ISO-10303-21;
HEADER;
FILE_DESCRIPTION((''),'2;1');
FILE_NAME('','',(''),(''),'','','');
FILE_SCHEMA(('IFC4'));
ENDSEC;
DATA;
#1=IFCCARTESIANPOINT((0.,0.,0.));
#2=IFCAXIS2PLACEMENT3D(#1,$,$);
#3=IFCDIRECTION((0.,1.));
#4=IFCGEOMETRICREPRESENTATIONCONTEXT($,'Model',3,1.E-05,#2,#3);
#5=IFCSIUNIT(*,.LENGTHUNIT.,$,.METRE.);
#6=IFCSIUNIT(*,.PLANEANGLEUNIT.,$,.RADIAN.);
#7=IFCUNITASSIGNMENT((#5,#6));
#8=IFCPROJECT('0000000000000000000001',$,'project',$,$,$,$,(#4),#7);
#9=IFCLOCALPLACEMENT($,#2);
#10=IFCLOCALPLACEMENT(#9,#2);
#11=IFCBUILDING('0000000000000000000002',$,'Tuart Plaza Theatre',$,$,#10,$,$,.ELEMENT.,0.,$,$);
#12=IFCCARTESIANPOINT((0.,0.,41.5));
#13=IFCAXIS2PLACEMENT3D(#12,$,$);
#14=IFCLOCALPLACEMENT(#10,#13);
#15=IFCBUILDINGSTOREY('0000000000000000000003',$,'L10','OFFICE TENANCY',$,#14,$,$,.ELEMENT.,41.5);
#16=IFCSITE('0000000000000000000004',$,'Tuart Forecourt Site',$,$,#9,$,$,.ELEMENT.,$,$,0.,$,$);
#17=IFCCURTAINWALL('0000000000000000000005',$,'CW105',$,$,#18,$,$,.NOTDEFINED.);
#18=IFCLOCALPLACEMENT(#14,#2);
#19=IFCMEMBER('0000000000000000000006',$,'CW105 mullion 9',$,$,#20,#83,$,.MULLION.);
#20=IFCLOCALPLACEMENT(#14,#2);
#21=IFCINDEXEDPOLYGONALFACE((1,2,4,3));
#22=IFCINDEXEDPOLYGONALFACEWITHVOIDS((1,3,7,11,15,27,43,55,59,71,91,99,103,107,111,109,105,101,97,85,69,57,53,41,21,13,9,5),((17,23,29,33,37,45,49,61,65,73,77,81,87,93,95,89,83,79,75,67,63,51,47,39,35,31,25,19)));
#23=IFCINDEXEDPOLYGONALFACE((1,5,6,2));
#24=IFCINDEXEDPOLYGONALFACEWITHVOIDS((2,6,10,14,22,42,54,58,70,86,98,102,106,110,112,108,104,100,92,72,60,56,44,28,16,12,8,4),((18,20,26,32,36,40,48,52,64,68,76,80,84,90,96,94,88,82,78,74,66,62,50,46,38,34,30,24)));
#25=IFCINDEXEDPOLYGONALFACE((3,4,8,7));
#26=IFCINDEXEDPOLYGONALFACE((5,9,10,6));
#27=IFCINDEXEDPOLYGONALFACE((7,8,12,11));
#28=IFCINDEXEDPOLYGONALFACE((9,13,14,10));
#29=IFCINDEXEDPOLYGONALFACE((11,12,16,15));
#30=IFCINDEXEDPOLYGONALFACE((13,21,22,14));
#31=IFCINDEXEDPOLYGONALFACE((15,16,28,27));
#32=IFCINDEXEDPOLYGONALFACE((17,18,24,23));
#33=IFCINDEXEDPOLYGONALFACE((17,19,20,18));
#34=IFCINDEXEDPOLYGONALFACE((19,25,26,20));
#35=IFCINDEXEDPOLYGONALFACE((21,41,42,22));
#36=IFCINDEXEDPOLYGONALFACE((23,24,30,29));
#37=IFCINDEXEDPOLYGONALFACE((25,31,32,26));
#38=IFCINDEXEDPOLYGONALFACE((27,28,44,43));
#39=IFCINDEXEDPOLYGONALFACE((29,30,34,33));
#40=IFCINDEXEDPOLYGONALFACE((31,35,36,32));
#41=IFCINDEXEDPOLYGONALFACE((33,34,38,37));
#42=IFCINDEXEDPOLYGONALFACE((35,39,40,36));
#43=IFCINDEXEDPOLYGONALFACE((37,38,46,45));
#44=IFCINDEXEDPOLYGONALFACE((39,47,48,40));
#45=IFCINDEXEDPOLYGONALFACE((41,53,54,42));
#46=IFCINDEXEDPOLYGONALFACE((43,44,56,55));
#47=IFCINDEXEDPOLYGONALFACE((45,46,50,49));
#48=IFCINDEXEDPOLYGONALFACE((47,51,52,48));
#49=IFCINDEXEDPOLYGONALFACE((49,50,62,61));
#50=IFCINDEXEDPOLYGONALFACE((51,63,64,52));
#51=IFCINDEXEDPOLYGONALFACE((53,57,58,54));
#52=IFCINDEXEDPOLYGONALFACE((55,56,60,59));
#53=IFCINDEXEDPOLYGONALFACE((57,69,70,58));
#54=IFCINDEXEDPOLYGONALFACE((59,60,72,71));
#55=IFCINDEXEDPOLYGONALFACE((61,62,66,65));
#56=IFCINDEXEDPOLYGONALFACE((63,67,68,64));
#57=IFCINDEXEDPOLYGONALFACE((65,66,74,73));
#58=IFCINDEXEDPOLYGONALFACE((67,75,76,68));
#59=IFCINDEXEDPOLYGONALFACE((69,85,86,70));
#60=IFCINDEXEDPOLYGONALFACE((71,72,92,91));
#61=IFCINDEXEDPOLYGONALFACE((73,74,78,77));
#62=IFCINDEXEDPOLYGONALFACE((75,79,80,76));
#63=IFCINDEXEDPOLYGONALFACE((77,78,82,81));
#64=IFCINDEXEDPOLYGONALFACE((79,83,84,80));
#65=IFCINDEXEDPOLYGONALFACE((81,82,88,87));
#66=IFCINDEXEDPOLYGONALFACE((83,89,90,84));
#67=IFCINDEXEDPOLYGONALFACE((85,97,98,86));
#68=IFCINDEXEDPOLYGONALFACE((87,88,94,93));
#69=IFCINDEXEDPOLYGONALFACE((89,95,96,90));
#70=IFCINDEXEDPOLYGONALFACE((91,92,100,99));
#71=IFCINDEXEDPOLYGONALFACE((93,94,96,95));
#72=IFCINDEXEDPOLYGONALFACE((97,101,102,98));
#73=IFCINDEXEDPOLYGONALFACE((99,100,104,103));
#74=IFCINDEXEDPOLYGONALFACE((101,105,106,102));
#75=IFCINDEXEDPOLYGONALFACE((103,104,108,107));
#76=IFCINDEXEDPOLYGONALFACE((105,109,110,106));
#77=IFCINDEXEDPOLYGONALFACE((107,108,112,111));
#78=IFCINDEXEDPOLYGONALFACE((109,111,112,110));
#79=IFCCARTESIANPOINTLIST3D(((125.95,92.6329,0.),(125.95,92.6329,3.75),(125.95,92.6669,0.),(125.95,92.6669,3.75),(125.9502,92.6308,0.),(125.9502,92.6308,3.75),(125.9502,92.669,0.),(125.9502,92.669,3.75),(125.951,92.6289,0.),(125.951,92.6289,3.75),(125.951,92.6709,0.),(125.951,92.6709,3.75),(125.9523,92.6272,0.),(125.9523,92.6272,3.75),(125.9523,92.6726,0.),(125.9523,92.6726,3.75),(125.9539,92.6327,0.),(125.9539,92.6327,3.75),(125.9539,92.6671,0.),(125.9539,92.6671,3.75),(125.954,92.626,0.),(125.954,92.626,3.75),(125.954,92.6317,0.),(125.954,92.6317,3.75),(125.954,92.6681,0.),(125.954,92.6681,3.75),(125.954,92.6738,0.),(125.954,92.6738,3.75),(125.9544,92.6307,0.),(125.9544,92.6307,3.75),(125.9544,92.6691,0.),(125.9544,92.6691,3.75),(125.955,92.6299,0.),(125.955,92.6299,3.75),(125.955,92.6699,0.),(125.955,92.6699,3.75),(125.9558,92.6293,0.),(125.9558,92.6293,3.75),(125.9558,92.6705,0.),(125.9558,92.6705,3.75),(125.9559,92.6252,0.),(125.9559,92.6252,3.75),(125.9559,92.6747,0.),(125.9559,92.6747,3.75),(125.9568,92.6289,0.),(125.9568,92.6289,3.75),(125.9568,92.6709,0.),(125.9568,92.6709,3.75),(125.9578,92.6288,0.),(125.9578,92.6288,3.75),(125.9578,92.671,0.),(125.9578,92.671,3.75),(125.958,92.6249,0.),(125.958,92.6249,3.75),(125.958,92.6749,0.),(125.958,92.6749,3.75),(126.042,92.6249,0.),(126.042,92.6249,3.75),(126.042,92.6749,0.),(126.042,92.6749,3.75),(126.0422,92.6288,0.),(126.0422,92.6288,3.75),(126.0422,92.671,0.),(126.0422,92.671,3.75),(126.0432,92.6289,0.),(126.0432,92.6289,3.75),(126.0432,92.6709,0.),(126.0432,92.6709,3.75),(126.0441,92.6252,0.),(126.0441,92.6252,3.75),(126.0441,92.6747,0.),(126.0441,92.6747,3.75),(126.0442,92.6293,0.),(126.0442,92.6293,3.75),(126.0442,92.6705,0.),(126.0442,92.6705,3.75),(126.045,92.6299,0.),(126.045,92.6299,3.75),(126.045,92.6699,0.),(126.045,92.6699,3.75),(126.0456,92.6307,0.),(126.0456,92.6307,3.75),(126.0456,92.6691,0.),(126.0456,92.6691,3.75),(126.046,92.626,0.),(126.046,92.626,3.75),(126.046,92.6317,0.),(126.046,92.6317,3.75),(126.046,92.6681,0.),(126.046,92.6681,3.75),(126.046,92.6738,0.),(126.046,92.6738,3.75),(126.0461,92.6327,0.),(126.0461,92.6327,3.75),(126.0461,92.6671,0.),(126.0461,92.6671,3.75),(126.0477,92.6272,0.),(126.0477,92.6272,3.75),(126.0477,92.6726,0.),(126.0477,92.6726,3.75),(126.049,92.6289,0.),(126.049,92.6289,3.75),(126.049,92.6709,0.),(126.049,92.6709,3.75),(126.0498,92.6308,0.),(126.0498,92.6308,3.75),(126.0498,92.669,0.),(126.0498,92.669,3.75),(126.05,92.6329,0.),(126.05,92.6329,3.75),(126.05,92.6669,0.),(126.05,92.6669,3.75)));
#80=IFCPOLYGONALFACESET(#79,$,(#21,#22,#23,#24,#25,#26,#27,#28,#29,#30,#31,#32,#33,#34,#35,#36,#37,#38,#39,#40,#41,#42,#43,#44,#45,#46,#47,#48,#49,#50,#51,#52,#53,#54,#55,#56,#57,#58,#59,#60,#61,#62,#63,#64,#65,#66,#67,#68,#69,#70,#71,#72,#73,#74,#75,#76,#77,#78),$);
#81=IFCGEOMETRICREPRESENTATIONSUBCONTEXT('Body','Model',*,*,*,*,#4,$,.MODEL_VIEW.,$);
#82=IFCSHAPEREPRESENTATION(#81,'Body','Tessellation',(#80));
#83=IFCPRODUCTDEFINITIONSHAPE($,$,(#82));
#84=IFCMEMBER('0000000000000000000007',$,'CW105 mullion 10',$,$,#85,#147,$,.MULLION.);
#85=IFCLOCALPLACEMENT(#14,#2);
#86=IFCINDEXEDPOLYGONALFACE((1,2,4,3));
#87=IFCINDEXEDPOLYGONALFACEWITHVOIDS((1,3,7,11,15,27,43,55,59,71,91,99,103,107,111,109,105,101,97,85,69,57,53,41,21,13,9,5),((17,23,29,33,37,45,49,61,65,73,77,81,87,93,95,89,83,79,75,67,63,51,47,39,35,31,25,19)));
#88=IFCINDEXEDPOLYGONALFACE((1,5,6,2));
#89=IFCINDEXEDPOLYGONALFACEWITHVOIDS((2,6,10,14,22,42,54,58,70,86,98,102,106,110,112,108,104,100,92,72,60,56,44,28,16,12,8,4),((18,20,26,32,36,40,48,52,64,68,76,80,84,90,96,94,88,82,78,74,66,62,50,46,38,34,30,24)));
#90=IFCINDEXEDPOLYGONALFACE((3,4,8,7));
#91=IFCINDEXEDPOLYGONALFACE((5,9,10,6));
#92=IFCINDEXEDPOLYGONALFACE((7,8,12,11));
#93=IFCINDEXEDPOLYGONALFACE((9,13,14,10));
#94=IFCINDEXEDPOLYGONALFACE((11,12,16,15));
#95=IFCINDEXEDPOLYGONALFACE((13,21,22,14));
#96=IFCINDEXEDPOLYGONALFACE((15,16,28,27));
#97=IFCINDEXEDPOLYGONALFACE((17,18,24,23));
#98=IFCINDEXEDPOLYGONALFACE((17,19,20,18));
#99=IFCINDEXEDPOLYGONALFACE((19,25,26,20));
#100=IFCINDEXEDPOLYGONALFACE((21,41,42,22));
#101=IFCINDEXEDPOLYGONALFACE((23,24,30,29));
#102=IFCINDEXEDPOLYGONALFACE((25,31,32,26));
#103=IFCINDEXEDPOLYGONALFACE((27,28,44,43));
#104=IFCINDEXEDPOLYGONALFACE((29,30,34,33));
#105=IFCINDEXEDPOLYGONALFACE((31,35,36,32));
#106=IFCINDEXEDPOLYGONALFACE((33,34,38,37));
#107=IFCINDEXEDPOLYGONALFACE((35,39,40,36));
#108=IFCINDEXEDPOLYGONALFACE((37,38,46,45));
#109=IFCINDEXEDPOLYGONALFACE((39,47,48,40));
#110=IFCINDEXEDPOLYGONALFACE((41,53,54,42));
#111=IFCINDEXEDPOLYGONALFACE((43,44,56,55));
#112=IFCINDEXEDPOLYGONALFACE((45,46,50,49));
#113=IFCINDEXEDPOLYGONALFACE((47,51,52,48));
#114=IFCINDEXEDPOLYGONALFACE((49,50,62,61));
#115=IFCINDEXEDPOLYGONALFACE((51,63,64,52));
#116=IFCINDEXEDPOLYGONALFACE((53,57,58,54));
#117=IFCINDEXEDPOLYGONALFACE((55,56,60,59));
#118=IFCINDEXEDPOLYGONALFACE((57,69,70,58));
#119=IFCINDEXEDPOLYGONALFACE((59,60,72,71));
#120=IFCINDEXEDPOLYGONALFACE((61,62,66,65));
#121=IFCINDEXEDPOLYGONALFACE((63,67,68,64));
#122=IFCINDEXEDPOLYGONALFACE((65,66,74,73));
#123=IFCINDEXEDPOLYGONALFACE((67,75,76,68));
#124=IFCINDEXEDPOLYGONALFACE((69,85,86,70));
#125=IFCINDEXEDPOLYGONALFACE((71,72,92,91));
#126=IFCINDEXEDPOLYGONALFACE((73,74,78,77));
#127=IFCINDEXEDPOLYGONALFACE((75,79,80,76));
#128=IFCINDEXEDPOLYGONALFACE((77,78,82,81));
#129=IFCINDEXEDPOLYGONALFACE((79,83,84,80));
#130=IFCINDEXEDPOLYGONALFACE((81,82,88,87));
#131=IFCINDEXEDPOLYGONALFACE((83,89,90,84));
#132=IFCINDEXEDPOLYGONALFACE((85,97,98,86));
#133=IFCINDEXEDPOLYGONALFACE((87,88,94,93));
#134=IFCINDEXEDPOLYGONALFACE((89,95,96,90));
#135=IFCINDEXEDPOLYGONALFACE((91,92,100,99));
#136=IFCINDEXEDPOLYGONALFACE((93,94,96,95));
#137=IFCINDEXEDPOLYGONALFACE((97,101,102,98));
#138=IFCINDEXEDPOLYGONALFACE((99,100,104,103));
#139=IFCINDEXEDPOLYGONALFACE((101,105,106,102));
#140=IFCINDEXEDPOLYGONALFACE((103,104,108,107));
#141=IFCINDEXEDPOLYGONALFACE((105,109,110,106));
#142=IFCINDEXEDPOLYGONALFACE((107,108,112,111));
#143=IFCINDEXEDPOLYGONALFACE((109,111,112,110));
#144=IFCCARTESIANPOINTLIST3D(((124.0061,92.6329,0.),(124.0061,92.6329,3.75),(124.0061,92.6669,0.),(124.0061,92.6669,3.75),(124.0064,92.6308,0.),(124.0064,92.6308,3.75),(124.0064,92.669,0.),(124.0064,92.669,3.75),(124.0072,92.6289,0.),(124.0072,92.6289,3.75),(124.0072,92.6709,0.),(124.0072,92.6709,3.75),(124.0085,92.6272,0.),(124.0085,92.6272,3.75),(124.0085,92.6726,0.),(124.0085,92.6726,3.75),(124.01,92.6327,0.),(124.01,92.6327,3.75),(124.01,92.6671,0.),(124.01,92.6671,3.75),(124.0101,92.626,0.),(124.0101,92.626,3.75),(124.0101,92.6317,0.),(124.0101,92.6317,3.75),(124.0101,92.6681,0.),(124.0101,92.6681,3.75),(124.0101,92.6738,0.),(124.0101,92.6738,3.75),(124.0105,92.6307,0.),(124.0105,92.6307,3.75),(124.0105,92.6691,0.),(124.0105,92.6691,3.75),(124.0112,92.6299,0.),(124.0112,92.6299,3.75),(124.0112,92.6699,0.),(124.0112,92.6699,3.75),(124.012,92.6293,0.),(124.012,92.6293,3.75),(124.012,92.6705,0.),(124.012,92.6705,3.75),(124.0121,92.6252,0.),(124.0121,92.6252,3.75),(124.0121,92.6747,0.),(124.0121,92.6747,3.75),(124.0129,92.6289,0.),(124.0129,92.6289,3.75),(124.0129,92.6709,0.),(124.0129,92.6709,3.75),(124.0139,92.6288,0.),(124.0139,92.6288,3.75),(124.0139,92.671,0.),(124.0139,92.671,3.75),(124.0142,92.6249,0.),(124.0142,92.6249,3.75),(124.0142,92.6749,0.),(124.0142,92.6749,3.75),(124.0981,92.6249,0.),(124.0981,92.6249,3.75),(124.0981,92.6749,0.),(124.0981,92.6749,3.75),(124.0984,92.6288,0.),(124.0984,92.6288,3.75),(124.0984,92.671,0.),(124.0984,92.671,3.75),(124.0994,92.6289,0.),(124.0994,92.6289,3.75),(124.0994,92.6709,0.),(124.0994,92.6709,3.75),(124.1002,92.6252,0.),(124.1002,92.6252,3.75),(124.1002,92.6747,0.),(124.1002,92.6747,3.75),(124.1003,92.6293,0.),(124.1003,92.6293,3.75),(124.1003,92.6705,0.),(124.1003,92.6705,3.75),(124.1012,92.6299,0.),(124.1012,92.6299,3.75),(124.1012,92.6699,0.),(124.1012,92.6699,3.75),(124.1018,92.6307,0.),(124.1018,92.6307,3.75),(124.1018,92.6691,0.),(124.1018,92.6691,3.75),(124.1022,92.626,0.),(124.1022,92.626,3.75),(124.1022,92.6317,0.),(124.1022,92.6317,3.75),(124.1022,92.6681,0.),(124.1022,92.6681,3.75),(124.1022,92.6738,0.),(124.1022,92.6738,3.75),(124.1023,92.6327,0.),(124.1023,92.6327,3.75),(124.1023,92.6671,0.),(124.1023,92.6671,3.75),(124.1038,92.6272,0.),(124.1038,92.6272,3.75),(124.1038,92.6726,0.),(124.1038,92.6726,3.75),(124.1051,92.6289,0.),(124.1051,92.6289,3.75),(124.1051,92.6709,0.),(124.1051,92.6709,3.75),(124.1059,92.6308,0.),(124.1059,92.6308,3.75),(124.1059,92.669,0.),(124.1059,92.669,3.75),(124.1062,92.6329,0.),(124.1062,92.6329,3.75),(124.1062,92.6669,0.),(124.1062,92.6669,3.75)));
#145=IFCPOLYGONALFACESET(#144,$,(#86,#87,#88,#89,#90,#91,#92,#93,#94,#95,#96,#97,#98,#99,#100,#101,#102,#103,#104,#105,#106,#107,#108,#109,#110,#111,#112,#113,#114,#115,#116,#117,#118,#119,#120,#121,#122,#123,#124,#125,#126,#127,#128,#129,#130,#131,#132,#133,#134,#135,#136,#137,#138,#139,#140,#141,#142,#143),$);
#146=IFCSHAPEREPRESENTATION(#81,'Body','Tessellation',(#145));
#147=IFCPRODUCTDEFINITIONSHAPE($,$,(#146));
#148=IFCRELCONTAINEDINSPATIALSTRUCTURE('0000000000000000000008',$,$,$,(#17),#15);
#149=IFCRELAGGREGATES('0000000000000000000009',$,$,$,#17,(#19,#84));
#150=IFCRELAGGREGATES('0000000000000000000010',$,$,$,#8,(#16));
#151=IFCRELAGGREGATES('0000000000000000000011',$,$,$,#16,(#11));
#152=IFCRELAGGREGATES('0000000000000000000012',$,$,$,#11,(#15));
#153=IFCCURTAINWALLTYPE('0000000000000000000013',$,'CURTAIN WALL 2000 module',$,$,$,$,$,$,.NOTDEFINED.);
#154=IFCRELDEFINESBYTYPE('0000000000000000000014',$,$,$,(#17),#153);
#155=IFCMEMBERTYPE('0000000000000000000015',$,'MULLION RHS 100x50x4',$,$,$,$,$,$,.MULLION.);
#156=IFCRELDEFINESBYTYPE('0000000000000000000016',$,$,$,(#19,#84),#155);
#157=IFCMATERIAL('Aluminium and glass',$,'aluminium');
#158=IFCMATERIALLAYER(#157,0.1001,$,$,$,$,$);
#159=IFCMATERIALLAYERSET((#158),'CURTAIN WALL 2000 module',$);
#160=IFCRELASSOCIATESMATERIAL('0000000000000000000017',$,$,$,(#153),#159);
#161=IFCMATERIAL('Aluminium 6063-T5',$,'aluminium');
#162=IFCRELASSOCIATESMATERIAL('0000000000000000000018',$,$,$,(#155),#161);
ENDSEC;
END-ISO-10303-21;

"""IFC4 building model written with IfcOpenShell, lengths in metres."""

from ifc_helpers import new_model, si_unit, direction, frame, origin, origin_2d, place, context, subcontext, project, spatial, hollow_rectangle, extrude, material, layer, layer_set, material_profile, profile_set, type_object, element, aggregate, save


model = new_model("IFC4")

# Units and contexts
model_context = context("Model", 3, precision=1e-05, world=origin(), true_north=direction((0.0, 1.0)))
body_context = subcontext(model_context, "Body", "Model", "MODEL_VIEW")
ifc_project = project(units=[si_unit("LENGTHUNIT", "METRE"), si_unit("PLANEANGLEUNIT", "RADIAN")], contexts=[model_context])

# Site, building, storey
site_placement = place(None, origin())
site = spatial("IfcSite", under=ifc_project, at=site_placement, Name="Tuart Forecourt Site", CompositionType="ELEMENT", RefElevation=0.0)
building_placement = place(site_placement, origin())
building = spatial("IfcBuilding", under=site, at=building_placement, Name="Tuart Plaza Theatre", CompositionType="ELEMENT", ElevationOfRefHeight=0.0)
storey_placement = place(building_placement, frame((0.0, 0.0, 41.5)))
storey = spatial("IfcBuildingStorey", under=building, at=storey_placement, Name="L10", Description="OFFICE TENANCY", CompositionType="ELEMENT", Elevation=41.5)

# Curtain wall, members
ifc_material_1 = material(Name="Aluminium and glass", Category="aluminium")
ifc_layer_1 = layer(ifc_material_1, 0.1001)
ifc_layer_set_1 = layer_set([ifc_layer_1], Name="CURTAIN WALL 2000 module")
curtain_wall_type = type_object("IfcCurtainWallType", Name="CURTAIN WALL 2000 module", PredefinedType="NOTDEFINED", material=ifc_layer_set_1)
curtain_wall_placement = place(storey_placement, origin())
curtain_wall = element("IfcCurtainWall", 1, at=curtain_wall_placement, inside=storey, type_object=curtain_wall_type, Name="CW105", PredefinedType="NOTDEFINED")
ifc_material_2 = material(Name="Aluminium 6063-T5", Category="aluminium")
ifc_material_profile_1 = material_profile(ifc_material_2, hollow_rectangle(XDim=0.05, YDim=0.1001, WallThickness=0.0039, InnerFilletRadius=0.0039, OuterFilletRadius=0.0081, at=origin_2d()), Name="RHS 100x50x4")
ifc_profile_set_1 = profile_set([ifc_material_profile_1], Name="Aluminium 6063-T5")
member_type_1 = type_object("IfcMemberType", Name="MULLION RHS 100x50x4", PredefinedType="MULLION", material=ifc_profile_set_1)
member_1_placement = place(storey_placement, frame((126.0, 92.6499, 0.0), z_axis=(0.0, 0.0, 1.0), x_axis=(0.0, -1.0, 0.0)))
member_1 = element("IfcMember", 2, at=member_1_placement, type_object=member_type_1, Name="CW105 mullion 9", PredefinedType="MULLION", context=body_context, shape_type="SweptSolid", body=[
    extrude(hollow_rectangle(XDim=0.05, YDim=0.1001, WallThickness=0.0039, InnerFilletRadius=0.0039, OuterFilletRadius=0.0081, at=origin_2d()), origin(), (0.0, 0.0, 1.0), 3.75),
])
member_2_placement = place(storey_placement, frame((124.0562, 92.6499, 0.0), z_axis=(0.0, 0.0, 1.0), x_axis=(0.0, -1.0, 0.0)))
member_2 = element("IfcMember", 3, at=member_2_placement, type_object=member_type_1, Name="CW105 mullion 10", PredefinedType="MULLION", context=body_context, shape_type="SweptSolid", body=[
    extrude(hollow_rectangle(XDim=0.05, YDim=0.1001, WallThickness=0.0039, InnerFilletRadius=0.0039, OuterFilletRadius=0.0081, at=origin_2d()), origin(), (0.0, 0.0, 1.0), 3.75),
])
aggregate(curtain_wall, [member_1, member_2])

save(model, "model.ifc")
